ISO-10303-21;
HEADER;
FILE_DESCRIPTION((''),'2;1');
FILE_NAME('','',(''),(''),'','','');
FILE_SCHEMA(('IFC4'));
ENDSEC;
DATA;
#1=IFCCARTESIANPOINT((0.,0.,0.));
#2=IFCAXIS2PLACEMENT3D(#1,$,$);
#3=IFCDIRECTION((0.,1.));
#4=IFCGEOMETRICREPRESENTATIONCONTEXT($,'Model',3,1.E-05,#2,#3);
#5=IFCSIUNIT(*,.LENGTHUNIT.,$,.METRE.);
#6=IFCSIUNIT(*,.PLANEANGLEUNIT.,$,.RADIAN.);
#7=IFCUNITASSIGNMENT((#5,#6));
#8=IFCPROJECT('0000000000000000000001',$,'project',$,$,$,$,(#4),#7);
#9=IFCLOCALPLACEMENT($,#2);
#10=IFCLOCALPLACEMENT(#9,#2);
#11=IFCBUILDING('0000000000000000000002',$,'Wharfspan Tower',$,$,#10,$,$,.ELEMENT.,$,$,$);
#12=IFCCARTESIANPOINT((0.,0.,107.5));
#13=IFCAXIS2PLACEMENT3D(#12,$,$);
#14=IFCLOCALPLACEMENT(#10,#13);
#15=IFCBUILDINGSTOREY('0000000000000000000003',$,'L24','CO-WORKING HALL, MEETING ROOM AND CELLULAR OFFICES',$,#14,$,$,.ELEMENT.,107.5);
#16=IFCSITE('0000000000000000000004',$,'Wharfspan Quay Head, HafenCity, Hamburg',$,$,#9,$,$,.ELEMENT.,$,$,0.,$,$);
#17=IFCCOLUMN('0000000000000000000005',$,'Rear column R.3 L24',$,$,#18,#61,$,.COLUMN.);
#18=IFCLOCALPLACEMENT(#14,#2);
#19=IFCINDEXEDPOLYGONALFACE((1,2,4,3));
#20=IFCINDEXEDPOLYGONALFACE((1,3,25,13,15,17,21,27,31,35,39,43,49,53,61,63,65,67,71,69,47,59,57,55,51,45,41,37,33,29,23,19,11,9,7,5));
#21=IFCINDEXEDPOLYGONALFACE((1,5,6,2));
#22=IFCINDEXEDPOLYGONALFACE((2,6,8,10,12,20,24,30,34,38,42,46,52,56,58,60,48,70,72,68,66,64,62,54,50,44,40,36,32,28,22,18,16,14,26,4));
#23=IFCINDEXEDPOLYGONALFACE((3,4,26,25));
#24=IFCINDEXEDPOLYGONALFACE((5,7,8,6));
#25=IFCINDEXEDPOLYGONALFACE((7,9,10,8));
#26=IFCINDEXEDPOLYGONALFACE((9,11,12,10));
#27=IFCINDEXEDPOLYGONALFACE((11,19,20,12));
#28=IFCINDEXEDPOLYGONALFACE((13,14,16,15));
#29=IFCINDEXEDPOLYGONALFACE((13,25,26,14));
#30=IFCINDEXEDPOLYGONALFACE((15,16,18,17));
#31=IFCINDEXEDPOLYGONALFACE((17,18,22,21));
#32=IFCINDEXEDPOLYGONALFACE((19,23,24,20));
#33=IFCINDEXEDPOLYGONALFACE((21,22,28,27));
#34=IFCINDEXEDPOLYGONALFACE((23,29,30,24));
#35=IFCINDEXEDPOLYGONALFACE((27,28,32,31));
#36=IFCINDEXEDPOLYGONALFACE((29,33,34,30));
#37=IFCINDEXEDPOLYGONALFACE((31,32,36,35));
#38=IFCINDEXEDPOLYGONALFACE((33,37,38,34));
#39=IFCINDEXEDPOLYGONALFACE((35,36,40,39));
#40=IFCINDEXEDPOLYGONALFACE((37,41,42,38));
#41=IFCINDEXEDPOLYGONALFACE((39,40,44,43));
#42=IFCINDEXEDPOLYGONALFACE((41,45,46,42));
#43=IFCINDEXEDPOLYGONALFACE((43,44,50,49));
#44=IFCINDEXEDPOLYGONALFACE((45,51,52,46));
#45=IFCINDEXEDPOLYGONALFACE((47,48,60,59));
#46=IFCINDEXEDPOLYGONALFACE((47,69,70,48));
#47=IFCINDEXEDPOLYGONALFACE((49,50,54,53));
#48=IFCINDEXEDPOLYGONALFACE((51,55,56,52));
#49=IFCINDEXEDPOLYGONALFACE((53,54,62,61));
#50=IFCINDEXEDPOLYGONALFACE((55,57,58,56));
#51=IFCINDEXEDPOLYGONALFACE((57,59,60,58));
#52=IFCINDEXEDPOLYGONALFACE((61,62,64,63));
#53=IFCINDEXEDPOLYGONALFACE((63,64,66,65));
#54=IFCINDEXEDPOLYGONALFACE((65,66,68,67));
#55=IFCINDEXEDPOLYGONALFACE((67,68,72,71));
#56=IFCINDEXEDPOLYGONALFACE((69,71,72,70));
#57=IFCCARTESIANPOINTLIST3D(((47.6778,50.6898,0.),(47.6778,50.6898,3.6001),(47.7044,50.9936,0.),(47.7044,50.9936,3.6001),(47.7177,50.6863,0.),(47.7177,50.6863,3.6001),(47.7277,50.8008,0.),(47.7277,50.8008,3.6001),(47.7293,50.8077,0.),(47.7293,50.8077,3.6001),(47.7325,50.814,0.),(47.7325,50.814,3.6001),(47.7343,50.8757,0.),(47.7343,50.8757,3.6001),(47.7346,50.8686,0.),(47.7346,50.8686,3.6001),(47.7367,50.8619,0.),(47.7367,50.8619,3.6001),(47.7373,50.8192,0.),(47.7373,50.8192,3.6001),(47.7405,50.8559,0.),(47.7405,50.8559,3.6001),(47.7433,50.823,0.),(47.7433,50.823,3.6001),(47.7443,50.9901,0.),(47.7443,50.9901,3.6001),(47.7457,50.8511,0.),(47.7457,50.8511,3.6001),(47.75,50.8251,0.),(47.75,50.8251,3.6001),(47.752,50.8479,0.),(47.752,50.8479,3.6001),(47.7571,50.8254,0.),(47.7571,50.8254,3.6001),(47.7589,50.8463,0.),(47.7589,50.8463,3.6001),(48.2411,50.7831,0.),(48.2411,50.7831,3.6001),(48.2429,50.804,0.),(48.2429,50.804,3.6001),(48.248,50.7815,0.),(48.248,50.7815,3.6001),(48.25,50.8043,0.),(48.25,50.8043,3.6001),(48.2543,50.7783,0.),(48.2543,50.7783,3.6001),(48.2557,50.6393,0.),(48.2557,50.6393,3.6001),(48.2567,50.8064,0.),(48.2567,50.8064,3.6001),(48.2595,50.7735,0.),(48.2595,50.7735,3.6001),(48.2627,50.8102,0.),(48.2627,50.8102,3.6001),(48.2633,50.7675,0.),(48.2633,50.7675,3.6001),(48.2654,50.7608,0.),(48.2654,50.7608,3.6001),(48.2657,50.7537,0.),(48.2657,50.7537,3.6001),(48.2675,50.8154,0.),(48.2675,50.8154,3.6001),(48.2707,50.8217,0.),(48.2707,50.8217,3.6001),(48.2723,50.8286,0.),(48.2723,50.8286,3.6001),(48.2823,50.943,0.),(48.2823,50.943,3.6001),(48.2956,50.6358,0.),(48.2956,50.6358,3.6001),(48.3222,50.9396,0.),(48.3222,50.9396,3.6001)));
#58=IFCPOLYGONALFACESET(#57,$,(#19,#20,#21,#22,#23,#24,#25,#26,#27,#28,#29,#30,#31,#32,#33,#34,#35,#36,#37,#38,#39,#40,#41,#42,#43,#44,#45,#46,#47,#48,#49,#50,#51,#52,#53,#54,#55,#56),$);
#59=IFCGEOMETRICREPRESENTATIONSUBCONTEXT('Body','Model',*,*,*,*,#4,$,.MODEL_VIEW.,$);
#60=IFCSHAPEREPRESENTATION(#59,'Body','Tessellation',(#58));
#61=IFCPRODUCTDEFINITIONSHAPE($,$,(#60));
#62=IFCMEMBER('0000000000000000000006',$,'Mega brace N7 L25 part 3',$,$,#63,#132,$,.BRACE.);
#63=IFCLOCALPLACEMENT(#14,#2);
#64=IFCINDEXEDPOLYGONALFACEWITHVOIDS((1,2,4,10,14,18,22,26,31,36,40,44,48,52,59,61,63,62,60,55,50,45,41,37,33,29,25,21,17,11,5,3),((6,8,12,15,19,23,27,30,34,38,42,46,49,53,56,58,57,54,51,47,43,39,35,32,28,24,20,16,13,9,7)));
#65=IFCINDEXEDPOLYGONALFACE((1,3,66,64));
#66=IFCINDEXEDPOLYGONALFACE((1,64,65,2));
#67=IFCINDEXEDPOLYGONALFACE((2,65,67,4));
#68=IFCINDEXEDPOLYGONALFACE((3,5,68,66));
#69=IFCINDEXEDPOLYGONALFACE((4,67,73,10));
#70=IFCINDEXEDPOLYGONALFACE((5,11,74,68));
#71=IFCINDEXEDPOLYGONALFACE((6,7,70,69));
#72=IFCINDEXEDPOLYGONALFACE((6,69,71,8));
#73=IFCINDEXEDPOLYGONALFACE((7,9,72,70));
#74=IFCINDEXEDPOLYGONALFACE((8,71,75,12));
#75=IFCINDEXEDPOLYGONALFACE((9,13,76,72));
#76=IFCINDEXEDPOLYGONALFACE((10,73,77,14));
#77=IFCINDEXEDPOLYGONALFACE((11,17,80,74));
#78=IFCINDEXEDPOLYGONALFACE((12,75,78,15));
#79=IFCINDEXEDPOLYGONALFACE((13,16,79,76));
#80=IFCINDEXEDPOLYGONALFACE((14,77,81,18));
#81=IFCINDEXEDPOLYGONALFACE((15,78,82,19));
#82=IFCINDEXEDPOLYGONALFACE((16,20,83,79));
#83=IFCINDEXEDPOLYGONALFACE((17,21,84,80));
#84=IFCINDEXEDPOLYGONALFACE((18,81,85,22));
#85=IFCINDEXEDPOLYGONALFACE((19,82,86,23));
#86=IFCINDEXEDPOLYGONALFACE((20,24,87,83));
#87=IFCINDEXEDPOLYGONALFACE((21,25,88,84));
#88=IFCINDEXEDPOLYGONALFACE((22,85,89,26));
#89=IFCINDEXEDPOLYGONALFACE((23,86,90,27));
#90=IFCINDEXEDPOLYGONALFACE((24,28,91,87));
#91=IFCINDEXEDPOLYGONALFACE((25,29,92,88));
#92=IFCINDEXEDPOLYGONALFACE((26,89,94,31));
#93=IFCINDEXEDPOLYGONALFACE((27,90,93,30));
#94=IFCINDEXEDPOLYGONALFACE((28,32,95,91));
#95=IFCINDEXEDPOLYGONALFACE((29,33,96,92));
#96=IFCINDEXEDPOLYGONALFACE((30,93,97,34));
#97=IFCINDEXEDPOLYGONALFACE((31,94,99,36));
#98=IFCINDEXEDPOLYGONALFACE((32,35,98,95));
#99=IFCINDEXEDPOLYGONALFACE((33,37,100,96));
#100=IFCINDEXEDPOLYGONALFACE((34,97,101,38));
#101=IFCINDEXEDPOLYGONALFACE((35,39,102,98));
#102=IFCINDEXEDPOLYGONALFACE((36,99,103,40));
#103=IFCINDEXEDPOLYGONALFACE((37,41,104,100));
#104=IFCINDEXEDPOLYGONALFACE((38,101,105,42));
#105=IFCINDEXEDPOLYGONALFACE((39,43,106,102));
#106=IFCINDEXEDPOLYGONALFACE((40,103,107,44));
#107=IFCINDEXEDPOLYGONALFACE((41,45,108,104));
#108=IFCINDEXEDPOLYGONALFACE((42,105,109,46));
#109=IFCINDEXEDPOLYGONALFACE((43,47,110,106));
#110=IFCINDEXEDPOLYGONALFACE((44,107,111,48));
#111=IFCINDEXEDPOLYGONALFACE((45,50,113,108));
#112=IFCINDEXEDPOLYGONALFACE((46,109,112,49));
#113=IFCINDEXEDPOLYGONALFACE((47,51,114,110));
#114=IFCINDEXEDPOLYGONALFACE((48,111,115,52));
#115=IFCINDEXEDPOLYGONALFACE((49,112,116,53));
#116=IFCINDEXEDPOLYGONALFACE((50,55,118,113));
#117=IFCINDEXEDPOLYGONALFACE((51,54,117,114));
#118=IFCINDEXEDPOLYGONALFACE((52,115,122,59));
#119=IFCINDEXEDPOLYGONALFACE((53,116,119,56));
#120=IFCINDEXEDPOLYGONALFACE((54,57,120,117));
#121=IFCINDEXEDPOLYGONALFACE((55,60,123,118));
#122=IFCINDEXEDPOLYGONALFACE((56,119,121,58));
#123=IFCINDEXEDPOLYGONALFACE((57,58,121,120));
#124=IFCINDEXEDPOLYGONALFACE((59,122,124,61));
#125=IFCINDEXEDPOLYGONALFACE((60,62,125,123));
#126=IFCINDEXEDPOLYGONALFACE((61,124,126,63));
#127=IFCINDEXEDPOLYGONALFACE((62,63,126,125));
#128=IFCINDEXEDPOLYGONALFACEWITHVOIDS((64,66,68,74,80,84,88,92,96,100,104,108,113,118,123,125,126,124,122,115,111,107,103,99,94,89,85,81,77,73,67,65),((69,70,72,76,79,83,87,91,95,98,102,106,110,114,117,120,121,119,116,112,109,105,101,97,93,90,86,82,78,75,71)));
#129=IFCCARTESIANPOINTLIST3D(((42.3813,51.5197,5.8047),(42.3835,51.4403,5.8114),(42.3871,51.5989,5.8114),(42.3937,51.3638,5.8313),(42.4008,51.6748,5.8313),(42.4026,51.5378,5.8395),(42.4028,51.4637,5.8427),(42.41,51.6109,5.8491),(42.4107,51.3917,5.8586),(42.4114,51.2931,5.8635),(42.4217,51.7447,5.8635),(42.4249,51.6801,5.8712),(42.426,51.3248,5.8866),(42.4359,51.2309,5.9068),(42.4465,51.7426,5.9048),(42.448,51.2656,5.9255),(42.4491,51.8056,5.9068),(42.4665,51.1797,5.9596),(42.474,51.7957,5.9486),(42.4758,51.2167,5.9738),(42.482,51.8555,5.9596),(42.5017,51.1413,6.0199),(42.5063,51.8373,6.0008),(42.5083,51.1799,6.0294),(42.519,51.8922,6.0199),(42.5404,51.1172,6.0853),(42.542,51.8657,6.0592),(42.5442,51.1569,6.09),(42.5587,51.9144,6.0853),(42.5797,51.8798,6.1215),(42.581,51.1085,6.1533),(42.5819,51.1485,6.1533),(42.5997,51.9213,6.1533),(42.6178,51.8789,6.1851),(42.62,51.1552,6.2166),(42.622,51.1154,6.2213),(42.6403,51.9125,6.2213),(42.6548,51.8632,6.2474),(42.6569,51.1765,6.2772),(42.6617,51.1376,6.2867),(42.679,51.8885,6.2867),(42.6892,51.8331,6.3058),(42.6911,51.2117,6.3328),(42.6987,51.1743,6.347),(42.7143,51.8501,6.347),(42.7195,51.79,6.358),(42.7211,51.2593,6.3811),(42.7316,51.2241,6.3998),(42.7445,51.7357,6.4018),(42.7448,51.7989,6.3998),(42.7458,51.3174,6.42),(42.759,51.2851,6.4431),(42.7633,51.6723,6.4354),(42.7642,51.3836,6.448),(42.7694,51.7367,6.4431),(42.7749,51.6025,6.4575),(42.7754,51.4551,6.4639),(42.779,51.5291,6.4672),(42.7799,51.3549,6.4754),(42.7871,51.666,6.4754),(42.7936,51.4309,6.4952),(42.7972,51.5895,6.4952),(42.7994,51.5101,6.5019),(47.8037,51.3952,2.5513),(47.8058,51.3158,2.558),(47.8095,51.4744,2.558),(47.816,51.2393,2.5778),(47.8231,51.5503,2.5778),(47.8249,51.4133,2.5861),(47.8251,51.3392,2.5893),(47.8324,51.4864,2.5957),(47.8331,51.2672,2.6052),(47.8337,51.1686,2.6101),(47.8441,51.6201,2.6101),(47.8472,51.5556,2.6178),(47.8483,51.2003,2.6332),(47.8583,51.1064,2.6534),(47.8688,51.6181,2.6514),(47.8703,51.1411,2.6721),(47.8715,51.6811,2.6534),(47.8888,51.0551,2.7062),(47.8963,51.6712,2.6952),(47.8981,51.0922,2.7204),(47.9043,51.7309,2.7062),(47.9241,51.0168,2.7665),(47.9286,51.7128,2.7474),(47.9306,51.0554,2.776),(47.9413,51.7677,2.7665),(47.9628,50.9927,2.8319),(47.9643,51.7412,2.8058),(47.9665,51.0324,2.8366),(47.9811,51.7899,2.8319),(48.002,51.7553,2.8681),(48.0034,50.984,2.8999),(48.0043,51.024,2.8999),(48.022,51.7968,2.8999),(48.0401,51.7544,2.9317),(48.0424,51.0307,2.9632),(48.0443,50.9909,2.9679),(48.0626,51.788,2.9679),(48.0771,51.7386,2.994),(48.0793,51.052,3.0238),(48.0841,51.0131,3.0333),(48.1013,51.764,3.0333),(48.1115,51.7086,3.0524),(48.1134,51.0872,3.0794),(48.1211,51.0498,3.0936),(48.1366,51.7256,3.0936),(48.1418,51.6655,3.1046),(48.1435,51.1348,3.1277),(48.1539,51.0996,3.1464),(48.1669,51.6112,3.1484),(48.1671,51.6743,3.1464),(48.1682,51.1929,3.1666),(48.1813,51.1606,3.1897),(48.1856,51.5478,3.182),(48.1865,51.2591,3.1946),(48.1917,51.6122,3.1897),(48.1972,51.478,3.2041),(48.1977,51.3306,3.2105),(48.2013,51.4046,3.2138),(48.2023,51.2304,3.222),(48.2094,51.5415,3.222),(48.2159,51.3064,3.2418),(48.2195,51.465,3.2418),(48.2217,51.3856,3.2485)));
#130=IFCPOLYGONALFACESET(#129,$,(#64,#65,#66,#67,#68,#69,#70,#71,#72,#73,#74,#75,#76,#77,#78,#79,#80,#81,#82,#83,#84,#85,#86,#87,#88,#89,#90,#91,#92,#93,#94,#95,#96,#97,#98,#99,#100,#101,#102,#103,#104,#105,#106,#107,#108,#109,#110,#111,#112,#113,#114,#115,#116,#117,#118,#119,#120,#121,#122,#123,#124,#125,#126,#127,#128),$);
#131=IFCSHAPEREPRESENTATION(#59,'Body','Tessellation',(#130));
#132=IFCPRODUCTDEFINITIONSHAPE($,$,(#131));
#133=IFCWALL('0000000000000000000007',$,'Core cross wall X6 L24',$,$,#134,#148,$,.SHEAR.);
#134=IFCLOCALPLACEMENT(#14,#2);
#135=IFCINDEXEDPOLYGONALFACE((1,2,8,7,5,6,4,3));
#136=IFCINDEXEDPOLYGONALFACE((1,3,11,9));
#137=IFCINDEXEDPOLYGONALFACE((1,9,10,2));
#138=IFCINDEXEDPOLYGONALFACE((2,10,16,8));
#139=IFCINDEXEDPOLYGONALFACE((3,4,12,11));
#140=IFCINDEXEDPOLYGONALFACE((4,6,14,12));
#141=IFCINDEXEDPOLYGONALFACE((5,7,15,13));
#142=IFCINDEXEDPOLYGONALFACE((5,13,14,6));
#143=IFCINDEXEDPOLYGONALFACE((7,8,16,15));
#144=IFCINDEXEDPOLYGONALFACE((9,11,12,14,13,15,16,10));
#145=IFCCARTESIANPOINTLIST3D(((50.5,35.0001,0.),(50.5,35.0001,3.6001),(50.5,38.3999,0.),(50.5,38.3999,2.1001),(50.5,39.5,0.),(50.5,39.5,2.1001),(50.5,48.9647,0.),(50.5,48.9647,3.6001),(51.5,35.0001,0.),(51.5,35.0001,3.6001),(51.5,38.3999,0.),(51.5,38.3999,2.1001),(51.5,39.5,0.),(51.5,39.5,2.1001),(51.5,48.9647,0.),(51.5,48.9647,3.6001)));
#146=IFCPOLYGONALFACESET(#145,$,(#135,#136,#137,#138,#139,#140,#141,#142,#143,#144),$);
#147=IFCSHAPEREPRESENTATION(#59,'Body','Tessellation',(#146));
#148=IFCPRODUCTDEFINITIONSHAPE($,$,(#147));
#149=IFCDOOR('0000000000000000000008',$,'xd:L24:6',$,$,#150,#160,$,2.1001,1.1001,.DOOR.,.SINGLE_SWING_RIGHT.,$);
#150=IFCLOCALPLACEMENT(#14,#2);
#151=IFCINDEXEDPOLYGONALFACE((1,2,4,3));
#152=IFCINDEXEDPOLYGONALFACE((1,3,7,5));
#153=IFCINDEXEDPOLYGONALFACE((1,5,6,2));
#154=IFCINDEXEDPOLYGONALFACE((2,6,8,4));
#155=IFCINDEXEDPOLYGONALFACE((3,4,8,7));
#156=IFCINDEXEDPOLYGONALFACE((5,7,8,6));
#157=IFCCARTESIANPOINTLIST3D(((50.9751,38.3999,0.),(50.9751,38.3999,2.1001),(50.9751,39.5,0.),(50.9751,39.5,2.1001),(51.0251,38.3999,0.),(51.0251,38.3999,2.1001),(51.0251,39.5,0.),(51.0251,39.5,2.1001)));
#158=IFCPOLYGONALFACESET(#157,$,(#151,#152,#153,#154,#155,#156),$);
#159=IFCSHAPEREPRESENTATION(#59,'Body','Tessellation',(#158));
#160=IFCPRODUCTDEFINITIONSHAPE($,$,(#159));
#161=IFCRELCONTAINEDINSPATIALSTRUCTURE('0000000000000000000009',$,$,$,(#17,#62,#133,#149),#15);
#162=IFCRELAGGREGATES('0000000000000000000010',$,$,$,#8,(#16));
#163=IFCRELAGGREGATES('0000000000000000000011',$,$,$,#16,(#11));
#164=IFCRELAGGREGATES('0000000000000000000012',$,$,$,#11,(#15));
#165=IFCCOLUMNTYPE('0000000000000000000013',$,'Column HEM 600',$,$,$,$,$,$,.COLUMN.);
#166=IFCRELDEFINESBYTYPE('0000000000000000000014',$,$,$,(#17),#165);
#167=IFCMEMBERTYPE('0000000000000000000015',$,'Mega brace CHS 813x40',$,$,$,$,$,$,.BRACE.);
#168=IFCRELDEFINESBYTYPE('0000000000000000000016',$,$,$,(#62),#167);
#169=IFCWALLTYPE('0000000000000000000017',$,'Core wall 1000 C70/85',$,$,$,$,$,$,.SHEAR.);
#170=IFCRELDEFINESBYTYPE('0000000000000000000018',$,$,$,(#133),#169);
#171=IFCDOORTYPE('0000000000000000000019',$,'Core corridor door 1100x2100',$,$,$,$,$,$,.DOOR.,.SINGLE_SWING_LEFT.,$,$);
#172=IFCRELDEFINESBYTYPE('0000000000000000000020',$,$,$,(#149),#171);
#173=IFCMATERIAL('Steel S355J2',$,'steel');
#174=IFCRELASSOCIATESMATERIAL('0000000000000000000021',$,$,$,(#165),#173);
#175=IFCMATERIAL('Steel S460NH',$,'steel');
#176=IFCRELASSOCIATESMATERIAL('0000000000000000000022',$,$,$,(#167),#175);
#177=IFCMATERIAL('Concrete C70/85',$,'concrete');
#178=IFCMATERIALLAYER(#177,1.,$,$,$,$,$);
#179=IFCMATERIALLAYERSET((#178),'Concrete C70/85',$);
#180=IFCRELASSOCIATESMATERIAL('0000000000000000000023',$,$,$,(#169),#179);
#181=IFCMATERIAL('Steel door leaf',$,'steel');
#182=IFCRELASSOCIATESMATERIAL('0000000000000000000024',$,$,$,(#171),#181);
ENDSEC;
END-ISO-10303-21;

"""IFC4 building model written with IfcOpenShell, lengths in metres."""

from ifc_helpers import new_model, si_unit, direction, frame, frame_2d, origin, origin_2d, place, context, subcontext, project, spatial, rectangle, hollow_circle, i_section, extrude, material, layer, layer_set, material_profile, profile_set, type_object, element, fill, save


model = new_model("IFC4")

# Units and contexts
model_context = context("Model", 3, precision=1e-05, world=origin(), true_north=direction((0.0, 1.0)))
body_context = subcontext(model_context, "Body", "Model", "MODEL_VIEW")
ifc_project = project(units=[si_unit("LENGTHUNIT", "METRE"), si_unit("PLANEANGLEUNIT", "RADIAN")], contexts=[model_context])

# Site, building, storey
site_placement = place(None, origin())
site = spatial("IfcSite", under=ifc_project, at=site_placement, Name="Wharfspan Quay Head, HafenCity, Hamburg", CompositionType="ELEMENT", RefElevation=0.0)
building_placement = place(site_placement, origin())
building = spatial("IfcBuilding", under=site, at=building_placement, Name="Wharfspan Tower", CompositionType="ELEMENT")
storey_placement = place(building_placement, frame((0.0, 0.0, 107.5)))
storey = spatial("IfcBuildingStorey", under=building, at=storey_placement, Name="L24", Description="CO-WORKING HALL, MEETING ROOM AND CELLULAR OFFICES", CompositionType="ELEMENT", Elevation=107.5)

# Column
ifc_material_1 = material(Name="Steel S355J2", Category="steel")
ifc_material_profile_1 = material_profile(ifc_material_1, i_section(OverallWidth=0.3049, OverallDepth=0.6201, WebThickness=0.021, FlangeThickness=0.04, FilletRadius=0.0271, at=origin_2d()))
ifc_profile_set_1 = profile_set([ifc_material_profile_1], Name="Steel S355J2")
column_type = type_object("IfcColumnType", Name="Column HEM 600", PredefinedType="COLUMN", material=ifc_profile_set_1)
column_placement = place(storey_placement, frame((48.0, 50.8147, 0.0), z_axis=(0.0, 0.0, 1.0), x_axis=(0.087156, 0.996198, 0.0)))
element("IfcColumn", 1, at=column_placement, inside=storey, type_object=column_type, Name="Rear column R.3 L24", PredefinedType="COLUMN", context=body_context, shape_type="SweptSolid", body=[
    extrude(i_section(OverallWidth=0.3049, OverallDepth=0.6201, WebThickness=0.021, FlangeThickness=0.04, FilletRadius=0.0271, at=origin_2d()), origin(), (0.0, 0.0, 1.0), 3.6001),
])

# Member
ifc_material_2 = material(Name="Steel S460NH", Category="steel")
ifc_material_profile_2 = material_profile(ifc_material_2, hollow_circle(Radius=0.4065, WallThickness=0.04, at=origin_2d()))
ifc_profile_set_2 = profile_set([ifc_material_profile_2], Name="Steel S460NH")
member_type = type_object("IfcMemberType", Name="Mega brace CHS 813x40", PredefinedType="BRACE", material=ifc_profile_set_2)
member_placement = place(storey_placement, frame((48.0127, 51.3904, 2.8999), z_axis=(-0.857327, 0.019686, 0.514396), x_axis=(-0.022956, -0.999736, 0.0)))
element("IfcMember", 2, at=member_placement, inside=storey, type_object=member_type, Name="Mega brace N7 L25 part 3", PredefinedType="BRACE", context=body_context, shape_type="SweptSolid", body=[
    extrude(hollow_circle(Radius=0.4065, WallThickness=0.04, at=origin_2d()), origin(), (0.0, 0.0, 1.0), 6.3247),
])

# Wall, opening, door
ifc_material_3 = material(Name="Concrete C70/85", Category="concrete")
ifc_layer_1 = layer(ifc_material_3, 1.0)
ifc_layer_set_1 = layer_set([ifc_layer_1], Name="Concrete C70/85")
wall_type_1 = type_object("IfcWallType", Name="Core wall 1000 C70/85", PredefinedType="SHEAR", material=ifc_layer_set_1)
wall_1_placement = place(storey_placement, frame((51.0, 35.0, 0.0), z_axis=(0.0, 0.0, 1.0), x_axis=(0.0, 1.0, 0.0)))
wall_1 = element("IfcWall", 3, at=wall_1_placement, inside=storey, type_object=wall_type_1, Name="Core cross wall X6 L24", PredefinedType="SHEAR", context=body_context, shape_type="SweptSolid", body=[
    extrude(rectangle(XDim=13.9646, YDim=1.0, at=frame_2d((6.9824, 0.0))), origin(), (0.0, 0.0, 1.0), 3.6001),
])
opening_1_placement = place(wall_1_placement, frame((3.3999, 0.0, 0.0)))
opening_1 = element("IfcOpeningElement", 4, at=opening_1_placement, cuts=wall_1, PredefinedType="OPENING", context=body_context, shape_type="SweptSolid", body=[
    extrude(rectangle(XDim=1.1001, YDim=2.1001, at=frame_2d((0.55, 1.05))), frame((0.0, 0.51, 0.0), z_axis=(0.0, -1.0, 0.0), x_axis=(1.0, 0.0, 0.0)), (0.0, 0.0, 1.0), 1.02),
])
ifc_material_4 = material(Name="Steel door leaf", Category="steel")
door_type_1 = type_object("IfcDoorType", Name="Core corridor door 1100x2100", OperationType="SINGLE_SWING_LEFT", PredefinedType="DOOR", material=ifc_material_4)
door_1_placement = place(opening_1_placement, origin())
door_1 = element("IfcDoor", 5, at=door_1_placement, inside=storey, type_object=door_type_1, Name="xd:L24:6", OperationType="SINGLE_SWING_RIGHT", OverallHeight=2.1001, OverallWidth=1.1001, PredefinedType="DOOR", context=body_context, shape_type="SweptSolid", body=[
    extrude(rectangle(XDim=1.1001, YDim=2.1001, at=frame_2d((0.55, 1.05))), frame((0.0, 0.0249, 0.0), z_axis=(0.0, -1.0, 0.0), x_axis=(1.0, 0.0, 0.0)), (0.0, 0.0, 1.0), 0.05),
])
fill(opening_1, door_1)

save(model, "model.ifc")
